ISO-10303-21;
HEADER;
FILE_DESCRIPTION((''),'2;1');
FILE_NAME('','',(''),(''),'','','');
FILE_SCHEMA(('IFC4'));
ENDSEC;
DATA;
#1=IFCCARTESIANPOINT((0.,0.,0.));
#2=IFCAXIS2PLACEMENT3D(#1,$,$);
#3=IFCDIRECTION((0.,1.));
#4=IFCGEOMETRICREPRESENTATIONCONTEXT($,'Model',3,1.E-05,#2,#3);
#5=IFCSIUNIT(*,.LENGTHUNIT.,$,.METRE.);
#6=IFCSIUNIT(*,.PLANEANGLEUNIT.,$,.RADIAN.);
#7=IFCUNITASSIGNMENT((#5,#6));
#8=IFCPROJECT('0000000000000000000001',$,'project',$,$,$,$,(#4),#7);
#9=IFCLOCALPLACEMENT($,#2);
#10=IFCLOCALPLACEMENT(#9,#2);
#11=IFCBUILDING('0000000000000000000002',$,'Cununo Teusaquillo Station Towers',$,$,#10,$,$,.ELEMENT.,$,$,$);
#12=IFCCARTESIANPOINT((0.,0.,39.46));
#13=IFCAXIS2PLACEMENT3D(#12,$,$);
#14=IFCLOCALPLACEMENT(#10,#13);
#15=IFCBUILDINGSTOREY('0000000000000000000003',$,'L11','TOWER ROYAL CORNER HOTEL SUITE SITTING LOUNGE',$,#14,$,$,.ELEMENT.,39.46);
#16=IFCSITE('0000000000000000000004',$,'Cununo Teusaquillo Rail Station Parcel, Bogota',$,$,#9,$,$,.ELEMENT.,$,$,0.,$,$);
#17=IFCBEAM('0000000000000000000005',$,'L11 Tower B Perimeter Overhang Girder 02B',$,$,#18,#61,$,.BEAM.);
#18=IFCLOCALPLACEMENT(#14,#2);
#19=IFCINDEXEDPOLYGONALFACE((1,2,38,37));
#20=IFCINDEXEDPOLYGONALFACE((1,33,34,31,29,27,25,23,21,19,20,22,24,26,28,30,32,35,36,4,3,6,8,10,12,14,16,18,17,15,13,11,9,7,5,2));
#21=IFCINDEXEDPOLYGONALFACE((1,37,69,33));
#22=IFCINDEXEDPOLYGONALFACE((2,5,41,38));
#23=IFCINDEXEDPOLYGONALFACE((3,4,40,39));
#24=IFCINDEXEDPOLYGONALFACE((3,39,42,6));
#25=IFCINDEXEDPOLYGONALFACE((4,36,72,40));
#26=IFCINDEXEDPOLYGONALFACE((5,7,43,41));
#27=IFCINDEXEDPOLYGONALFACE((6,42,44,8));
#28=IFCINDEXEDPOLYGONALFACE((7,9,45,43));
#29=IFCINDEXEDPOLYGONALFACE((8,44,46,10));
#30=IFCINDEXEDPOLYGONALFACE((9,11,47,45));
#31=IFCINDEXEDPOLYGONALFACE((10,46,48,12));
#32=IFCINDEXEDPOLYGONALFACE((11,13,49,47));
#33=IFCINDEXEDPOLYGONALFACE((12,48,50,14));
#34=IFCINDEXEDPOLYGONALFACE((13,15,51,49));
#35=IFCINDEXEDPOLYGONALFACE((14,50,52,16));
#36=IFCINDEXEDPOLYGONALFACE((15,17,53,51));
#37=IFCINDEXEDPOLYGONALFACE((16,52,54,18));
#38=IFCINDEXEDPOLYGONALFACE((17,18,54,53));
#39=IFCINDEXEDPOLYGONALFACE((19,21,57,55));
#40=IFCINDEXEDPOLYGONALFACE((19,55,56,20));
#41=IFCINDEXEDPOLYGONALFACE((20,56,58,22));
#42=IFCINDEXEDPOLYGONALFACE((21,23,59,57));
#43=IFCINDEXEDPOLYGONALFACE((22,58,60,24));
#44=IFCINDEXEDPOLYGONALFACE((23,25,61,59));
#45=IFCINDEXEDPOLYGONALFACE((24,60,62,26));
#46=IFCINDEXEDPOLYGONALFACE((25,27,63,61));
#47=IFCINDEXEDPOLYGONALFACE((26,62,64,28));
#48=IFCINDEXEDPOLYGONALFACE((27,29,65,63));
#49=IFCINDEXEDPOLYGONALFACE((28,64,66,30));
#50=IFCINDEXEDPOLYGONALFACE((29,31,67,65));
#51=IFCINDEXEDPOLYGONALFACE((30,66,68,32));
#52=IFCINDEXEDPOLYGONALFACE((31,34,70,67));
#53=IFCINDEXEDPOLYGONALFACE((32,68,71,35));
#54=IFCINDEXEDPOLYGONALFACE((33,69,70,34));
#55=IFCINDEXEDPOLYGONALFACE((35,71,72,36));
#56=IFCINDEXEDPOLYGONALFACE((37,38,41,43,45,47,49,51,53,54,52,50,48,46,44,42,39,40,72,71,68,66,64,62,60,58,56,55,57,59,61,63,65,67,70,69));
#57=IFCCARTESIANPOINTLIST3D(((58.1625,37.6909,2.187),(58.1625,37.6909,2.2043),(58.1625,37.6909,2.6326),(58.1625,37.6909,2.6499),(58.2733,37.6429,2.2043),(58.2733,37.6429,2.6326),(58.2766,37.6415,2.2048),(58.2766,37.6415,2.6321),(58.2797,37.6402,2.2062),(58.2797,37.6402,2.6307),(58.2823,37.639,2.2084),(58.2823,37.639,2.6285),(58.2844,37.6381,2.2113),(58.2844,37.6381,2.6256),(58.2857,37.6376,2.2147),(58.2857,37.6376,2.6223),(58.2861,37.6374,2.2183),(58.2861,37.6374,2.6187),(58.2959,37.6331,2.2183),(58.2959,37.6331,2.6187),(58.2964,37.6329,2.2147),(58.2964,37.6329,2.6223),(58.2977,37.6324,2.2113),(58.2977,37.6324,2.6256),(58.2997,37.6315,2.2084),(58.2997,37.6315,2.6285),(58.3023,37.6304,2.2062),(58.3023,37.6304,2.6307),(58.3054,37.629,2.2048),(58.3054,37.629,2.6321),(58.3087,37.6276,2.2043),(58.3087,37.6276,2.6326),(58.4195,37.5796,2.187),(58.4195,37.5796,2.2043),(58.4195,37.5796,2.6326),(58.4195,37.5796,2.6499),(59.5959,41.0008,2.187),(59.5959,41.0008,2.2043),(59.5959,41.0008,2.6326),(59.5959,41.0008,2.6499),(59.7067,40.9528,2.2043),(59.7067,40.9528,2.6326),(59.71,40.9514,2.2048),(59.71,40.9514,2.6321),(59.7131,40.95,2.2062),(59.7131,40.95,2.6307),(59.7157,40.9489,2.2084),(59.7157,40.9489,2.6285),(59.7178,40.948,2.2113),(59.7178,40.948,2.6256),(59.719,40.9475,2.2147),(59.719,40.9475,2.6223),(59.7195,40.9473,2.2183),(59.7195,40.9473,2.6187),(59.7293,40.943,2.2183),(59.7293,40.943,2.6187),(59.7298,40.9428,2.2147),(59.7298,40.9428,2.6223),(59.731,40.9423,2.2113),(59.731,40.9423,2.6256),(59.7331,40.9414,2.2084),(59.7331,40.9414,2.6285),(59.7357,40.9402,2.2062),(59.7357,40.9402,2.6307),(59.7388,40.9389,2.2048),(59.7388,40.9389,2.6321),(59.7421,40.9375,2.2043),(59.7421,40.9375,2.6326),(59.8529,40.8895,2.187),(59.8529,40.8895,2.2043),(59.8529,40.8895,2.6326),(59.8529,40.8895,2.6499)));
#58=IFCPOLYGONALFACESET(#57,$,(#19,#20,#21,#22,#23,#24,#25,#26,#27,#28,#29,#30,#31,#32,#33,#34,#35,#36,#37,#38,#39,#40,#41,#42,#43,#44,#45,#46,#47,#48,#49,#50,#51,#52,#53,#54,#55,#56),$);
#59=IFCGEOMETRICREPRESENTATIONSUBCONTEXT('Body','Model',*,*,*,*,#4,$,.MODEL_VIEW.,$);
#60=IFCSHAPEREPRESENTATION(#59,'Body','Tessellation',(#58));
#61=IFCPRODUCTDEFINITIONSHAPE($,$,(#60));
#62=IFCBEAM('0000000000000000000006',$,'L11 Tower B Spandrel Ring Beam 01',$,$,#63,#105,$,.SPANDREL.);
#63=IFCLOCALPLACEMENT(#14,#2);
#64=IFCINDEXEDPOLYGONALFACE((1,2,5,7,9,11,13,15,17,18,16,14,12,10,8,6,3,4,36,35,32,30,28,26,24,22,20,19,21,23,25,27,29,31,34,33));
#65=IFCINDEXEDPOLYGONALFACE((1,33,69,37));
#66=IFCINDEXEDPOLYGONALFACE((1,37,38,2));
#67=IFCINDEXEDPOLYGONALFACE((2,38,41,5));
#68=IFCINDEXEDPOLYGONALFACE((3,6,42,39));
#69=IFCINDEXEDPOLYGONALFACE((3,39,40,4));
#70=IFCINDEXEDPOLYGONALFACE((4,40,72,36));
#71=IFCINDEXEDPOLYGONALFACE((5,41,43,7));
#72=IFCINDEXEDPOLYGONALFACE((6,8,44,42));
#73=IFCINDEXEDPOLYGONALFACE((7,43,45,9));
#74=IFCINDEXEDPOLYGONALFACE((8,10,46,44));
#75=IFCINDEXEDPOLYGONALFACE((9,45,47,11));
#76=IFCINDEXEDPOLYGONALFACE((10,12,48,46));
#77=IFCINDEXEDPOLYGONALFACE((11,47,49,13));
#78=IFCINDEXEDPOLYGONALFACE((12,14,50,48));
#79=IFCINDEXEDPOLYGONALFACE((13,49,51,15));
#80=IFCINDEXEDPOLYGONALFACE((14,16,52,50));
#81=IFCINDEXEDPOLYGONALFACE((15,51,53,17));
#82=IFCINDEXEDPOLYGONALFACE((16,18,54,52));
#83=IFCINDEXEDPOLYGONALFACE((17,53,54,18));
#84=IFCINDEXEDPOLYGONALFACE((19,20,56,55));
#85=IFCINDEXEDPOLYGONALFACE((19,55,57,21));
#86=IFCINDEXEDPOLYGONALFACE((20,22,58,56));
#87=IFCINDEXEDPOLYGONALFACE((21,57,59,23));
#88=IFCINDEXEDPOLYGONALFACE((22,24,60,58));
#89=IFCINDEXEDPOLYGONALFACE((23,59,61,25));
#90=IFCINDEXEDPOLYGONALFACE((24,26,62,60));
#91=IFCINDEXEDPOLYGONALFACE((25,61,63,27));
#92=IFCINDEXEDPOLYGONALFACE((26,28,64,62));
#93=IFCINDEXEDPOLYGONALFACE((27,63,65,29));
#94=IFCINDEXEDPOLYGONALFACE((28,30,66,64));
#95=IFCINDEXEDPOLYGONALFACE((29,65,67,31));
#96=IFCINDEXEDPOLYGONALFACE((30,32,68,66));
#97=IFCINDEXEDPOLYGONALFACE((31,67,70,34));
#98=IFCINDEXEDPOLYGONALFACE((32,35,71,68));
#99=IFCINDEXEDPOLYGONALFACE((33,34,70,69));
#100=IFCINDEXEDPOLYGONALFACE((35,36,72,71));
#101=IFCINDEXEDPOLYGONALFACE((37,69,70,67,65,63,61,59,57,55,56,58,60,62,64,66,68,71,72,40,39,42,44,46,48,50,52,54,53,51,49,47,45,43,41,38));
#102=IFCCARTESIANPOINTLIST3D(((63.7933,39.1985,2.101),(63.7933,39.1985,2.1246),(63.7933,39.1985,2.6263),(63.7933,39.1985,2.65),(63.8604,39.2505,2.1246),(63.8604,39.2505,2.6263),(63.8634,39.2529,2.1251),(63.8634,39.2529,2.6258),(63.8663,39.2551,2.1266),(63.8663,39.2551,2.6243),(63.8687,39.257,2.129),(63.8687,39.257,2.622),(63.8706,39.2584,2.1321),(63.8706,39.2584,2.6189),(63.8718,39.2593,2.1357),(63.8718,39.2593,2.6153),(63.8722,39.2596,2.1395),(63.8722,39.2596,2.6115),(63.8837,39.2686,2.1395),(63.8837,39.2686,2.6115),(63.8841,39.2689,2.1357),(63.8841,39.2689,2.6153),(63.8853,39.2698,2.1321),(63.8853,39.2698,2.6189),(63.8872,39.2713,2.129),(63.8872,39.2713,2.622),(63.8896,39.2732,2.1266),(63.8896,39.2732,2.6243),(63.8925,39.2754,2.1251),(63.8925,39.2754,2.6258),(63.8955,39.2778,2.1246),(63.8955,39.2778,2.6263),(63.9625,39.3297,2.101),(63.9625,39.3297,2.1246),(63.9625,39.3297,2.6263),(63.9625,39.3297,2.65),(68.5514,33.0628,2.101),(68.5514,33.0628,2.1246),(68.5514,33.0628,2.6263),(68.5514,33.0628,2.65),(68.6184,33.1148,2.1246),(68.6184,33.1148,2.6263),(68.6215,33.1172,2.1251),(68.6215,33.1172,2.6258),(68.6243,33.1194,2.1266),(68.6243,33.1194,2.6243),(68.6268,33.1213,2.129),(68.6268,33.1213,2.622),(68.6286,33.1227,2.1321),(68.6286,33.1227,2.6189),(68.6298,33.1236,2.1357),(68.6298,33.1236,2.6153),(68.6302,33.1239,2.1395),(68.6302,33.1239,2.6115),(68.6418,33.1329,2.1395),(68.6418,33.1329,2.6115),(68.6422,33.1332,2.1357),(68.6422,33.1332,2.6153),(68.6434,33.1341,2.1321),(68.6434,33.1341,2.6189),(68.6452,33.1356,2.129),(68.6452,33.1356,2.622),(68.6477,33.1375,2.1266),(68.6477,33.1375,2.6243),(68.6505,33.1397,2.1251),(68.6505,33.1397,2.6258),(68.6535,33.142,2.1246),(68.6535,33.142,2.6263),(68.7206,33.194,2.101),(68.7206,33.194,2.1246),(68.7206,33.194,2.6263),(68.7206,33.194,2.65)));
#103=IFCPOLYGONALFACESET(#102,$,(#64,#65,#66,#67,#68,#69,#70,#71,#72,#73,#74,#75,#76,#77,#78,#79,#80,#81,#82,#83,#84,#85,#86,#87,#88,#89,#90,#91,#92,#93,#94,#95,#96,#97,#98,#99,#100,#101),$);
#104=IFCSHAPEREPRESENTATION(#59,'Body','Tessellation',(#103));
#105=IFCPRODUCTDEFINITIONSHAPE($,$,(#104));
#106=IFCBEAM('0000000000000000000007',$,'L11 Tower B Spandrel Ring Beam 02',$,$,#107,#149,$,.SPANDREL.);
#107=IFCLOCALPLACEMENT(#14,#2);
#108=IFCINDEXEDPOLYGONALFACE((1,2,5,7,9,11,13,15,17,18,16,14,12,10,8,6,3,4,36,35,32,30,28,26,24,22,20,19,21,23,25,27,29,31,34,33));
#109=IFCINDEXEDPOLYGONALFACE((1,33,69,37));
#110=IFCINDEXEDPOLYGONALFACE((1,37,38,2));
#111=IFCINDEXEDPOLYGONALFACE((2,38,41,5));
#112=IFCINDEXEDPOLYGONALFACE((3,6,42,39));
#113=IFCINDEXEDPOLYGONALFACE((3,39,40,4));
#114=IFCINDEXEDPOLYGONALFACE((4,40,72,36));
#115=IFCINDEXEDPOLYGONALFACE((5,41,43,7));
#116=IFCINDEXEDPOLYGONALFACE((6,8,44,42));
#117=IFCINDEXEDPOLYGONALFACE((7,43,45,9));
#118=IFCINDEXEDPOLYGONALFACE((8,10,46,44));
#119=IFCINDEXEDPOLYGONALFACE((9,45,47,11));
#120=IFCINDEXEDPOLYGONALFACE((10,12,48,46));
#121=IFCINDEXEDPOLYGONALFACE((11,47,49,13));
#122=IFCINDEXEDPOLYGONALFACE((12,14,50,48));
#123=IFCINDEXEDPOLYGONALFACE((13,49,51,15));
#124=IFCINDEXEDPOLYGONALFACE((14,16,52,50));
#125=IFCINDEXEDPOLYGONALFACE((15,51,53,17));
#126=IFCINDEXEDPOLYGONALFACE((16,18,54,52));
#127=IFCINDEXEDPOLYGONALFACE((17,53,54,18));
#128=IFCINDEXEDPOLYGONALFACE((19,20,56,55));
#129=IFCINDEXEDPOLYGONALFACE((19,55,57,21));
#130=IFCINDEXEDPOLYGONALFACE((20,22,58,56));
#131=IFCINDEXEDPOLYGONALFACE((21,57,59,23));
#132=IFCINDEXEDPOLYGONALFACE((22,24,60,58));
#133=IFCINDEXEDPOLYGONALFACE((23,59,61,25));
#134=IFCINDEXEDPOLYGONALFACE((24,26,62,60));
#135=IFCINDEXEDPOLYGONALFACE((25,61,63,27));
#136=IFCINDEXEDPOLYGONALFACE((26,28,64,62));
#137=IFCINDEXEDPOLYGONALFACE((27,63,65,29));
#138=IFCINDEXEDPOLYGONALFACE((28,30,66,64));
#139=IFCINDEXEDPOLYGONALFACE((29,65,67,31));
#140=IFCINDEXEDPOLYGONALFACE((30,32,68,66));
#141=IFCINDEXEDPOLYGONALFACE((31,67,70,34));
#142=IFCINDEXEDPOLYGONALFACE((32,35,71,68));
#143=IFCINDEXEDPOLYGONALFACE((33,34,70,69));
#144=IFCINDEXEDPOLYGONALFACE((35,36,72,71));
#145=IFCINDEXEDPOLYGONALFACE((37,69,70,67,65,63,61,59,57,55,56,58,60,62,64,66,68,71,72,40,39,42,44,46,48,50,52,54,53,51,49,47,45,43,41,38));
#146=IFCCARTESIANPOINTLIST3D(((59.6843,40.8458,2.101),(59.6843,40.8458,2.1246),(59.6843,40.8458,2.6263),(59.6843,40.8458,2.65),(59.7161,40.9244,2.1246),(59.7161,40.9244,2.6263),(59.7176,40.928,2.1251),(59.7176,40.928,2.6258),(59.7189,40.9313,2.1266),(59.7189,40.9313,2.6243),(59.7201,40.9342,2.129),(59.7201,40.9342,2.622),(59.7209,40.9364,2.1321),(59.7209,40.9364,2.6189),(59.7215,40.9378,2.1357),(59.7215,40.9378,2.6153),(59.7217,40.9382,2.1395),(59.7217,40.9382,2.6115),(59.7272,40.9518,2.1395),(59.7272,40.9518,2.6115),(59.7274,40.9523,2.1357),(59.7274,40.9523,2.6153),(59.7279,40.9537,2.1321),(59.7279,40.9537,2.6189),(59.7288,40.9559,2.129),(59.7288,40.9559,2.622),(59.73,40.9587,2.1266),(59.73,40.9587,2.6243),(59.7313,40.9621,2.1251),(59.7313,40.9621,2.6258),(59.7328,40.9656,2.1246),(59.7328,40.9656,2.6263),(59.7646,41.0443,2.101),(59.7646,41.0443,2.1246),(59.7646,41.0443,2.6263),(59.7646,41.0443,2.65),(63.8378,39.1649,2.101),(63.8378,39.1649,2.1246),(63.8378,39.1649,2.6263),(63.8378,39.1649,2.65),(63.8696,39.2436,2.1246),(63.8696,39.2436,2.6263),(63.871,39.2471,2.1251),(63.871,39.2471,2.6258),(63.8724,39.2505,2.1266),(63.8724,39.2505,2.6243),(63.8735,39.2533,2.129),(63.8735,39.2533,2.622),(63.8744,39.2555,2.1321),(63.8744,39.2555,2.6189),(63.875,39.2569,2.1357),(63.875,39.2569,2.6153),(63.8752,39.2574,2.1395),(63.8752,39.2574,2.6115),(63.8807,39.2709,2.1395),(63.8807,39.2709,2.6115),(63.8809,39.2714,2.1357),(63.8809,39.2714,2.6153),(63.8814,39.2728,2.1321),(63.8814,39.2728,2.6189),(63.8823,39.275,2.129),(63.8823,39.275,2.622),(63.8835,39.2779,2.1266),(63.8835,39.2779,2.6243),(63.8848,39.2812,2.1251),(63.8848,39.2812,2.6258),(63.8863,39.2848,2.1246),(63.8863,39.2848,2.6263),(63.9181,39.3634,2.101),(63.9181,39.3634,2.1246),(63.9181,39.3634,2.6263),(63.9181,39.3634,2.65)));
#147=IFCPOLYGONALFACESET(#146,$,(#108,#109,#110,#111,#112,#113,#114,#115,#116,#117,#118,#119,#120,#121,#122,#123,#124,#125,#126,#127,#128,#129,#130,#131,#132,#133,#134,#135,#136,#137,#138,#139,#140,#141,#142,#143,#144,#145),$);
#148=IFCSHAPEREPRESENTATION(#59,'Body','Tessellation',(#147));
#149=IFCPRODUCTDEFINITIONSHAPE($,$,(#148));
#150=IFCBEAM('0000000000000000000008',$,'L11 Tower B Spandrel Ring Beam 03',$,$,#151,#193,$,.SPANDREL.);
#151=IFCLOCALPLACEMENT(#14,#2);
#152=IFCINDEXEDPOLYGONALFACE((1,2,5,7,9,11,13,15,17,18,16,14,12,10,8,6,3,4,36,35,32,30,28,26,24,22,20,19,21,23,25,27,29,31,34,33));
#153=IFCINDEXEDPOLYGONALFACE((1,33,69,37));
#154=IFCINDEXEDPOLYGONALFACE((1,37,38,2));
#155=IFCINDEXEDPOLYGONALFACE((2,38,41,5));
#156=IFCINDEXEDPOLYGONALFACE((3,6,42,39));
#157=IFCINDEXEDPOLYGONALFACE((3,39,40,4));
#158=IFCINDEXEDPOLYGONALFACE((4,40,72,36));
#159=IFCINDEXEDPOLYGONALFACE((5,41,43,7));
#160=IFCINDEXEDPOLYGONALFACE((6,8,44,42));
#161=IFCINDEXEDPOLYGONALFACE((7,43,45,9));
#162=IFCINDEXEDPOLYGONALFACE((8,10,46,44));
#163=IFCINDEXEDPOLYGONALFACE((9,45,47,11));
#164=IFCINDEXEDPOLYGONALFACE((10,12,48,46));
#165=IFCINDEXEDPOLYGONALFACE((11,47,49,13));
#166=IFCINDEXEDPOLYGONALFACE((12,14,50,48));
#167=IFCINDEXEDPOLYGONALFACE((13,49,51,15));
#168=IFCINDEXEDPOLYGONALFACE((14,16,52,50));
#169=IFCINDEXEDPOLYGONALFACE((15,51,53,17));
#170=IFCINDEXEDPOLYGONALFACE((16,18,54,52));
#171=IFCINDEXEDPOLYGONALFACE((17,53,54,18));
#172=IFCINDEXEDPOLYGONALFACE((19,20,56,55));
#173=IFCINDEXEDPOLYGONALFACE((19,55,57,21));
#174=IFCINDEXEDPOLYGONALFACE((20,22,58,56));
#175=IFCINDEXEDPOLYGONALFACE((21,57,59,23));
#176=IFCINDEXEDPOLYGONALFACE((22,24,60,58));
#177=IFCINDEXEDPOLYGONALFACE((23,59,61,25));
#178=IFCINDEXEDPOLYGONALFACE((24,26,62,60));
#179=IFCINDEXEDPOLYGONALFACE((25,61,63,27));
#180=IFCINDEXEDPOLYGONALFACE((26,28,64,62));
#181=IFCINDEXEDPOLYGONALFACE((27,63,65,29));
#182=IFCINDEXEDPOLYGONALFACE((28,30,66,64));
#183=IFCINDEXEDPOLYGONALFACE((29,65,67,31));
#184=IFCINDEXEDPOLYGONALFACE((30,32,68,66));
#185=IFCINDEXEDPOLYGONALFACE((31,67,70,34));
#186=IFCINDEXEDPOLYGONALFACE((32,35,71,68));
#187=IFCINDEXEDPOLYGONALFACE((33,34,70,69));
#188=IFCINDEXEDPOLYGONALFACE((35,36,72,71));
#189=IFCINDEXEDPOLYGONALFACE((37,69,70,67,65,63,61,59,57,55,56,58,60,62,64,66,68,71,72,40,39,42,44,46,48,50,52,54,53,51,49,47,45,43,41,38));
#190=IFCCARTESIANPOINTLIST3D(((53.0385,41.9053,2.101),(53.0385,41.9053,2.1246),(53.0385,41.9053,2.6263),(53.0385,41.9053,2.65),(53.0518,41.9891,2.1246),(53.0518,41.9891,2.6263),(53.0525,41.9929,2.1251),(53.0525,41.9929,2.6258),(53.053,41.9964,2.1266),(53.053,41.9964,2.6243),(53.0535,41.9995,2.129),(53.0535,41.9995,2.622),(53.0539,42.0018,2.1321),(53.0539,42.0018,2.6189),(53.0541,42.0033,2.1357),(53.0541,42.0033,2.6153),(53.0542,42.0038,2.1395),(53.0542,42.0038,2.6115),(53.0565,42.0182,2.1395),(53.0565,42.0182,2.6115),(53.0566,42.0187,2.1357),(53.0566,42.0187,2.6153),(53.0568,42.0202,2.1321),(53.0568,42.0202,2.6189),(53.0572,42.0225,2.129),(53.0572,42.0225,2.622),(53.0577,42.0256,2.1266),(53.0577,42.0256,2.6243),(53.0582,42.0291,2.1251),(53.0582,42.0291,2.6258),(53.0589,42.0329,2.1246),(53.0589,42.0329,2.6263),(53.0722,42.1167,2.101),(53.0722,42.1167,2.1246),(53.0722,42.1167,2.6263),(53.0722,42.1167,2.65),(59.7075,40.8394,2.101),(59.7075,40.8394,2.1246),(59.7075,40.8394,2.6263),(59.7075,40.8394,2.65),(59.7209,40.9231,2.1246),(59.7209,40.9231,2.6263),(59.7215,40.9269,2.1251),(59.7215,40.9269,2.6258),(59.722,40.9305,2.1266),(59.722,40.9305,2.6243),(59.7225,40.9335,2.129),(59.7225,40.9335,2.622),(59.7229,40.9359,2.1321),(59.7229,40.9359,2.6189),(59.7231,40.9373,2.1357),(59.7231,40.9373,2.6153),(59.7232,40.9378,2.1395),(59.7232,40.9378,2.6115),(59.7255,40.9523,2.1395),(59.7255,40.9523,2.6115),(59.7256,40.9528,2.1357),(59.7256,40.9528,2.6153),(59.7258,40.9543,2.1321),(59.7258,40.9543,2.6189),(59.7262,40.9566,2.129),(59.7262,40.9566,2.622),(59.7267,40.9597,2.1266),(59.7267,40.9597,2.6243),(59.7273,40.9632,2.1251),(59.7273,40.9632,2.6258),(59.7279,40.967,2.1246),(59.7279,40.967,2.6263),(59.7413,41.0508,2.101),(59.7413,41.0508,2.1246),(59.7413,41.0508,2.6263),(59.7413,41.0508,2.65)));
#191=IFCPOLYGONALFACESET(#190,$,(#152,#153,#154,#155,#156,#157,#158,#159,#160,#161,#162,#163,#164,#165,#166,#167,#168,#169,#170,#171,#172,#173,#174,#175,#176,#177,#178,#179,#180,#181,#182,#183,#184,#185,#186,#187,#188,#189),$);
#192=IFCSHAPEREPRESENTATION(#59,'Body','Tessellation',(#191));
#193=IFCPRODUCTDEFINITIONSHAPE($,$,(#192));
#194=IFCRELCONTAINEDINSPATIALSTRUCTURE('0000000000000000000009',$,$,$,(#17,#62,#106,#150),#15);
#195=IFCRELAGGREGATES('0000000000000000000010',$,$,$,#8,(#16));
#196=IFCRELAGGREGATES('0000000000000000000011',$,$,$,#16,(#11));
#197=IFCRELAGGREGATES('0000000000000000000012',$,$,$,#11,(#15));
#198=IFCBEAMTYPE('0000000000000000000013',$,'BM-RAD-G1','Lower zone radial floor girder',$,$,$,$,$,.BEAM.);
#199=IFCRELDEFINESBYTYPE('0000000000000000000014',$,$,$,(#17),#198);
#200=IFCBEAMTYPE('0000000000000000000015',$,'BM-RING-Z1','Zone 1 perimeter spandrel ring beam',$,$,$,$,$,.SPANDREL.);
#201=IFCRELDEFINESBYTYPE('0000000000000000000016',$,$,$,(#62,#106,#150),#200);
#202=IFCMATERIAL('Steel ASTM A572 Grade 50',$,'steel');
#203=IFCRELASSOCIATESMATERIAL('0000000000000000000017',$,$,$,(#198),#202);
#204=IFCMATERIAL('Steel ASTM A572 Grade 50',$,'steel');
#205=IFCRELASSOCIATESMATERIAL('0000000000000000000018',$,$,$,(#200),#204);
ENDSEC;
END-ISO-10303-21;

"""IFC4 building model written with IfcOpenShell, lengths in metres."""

from ifc_helpers import new_model, si_unit, direction, frame, origin, origin_2d, place, context, subcontext, project, spatial, i_section, extrude, material, material_profile, profile_set, type_object, element, save


model = new_model("IFC4")

# Units and contexts
model_context = context("Model", 3, precision=1e-05, world=origin(), true_north=direction((0.0, 1.0)))
body_context = subcontext(model_context, "Body", "Model", "MODEL_VIEW")
ifc_project = project(units=[si_unit("LENGTHUNIT", "METRE"), si_unit("PLANEANGLEUNIT", "RADIAN")], contexts=[model_context])

# Site, building, storey
site_placement = place(None, origin())
site = spatial("IfcSite", under=ifc_project, at=site_placement, Name="Cununo Teusaquillo Rail Station Parcel, Bogota", CompositionType="ELEMENT", RefElevation=0.0)
building_placement = place(site_placement, origin())
building = spatial("IfcBuilding", under=site, at=building_placement, Name="Cununo Teusaquillo Station Towers", CompositionType="ELEMENT")
storey_placement = place(building_placement, frame((0.0, 0.0, 39.46)))
storey = spatial("IfcBuildingStorey", under=building, at=storey_placement, Name="L11", Description="TOWER ROYAL CORNER HOTEL SUITE SITTING LOUNGE", CompositionType="ELEMENT", Elevation=39.46)

# Beams
ifc_material_1 = material(Name="Steel ASTM A572 Grade 50", Category="steel")
ifc_material_profile_1 = material_profile(ifc_material_1, i_section(OverallWidth=0.28, OverallDepth=0.4629, WebThickness=0.0107, FlangeThickness=0.0173, FilletRadius=0.0139, at=origin_2d()), Name="W18X76")
ifc_profile_set_1 = profile_set([ifc_material_profile_1], Name="Steel ASTM A572 Grade 50")
beam_type_1 = type_object("IfcBeamType", Name="BM-RAD-G1", Description="Lower zone radial floor girder", PredefinedType="BEAM", material=ifc_profile_set_1)
beam_1_placement = place(storey_placement, frame((58.291, 37.6353, 2.4185), z_axis=(0.397397, 0.917647, 0.0), x_axis=(-0.917647, 0.397397, 0.0)))
element("IfcBeam", 1, at=beam_1_placement, inside=storey, type_object=beam_type_1, Name="L11 Tower B Perimeter Overhang Girder 02B", PredefinedType="BEAM", context=body_context, shape_type="SweptSolid", body=[
    extrude(i_section(OverallWidth=0.28, OverallDepth=0.4629, WebThickness=0.0107, FlangeThickness=0.0173, FilletRadius=0.0139, at=origin_2d()), origin(), (0.0, 0.0, 1.0), 3.6069),
])
ifc_material_2 = material(Name="Steel ASTM A572 Grade 50", Category="steel")
ifc_material_profile_2 = material_profile(ifc_material_2, i_section(OverallWidth=0.2141, OverallDepth=0.5491, WebThickness=0.0146, FlangeThickness=0.0237, FilletRadius=0.0149, at=origin_2d()), Name="W21X93")
ifc_profile_set_2 = profile_set([ifc_material_profile_2], Name="Steel ASTM A572 Grade 50")
beam_type_2 = type_object("IfcBeamType", Name="BM-RING-Z1", Description="Zone 1 perimeter spandrel ring beam", PredefinedType="SPANDREL", material=ifc_profile_set_2)
beam_2_placement = place(storey_placement, frame((68.636, 33.1284, 2.3755), z_axis=(-0.612801, 0.790237, 0.0), x_axis=(-0.790237, -0.612801, 0.0)))
element("IfcBeam", 2, at=beam_2_placement, inside=storey, type_object=beam_type_2, Name="L11 Tower B Spandrel Ring Beam 01", PredefinedType="SPANDREL", context=body_context, shape_type="SweptSolid", body=[
    extrude(i_section(OverallWidth=0.2141, OverallDepth=0.5491, WebThickness=0.0146, FlangeThickness=0.0237, FilletRadius=0.0149, at=origin_2d()), origin(), (0.0, 0.0, 1.0), 7.7644),
])
beam_3_placement = place(storey_placement, frame((63.8779, 39.2642, 2.3755), z_axis=(-0.92697, 0.375136, 0.0), x_axis=(-0.375136, -0.92697, 0.0)))
element("IfcBeam", 3, at=beam_3_placement, inside=storey, type_object=beam_type_2, Name="L11 Tower B Spandrel Ring Beam 02", PredefinedType="SPANDREL", context=body_context, shape_type="SweptSolid", body=[
    extrude(i_section(OverallWidth=0.2141, OverallDepth=0.5491, WebThickness=0.0146, FlangeThickness=0.0237, FilletRadius=0.0149, at=origin_2d()), origin(), (0.0, 0.0, 1.0), 4.4807),
])
beam_4_placement = place(storey_placement, frame((59.7244, 40.9451, 2.3755), z_axis=(-0.987466, 0.15783, 0.0), x_axis=(-0.15783, -0.987466, 0.0)))
element("IfcBeam", 4, at=beam_4_placement, inside=storey, type_object=beam_type_2, Name="L11 Tower B Spandrel Ring Beam 03", PredefinedType="SPANDREL", context=body_context, shape_type="SweptSolid", body=[
    extrude(i_section(OverallWidth=0.2141, OverallDepth=0.5491, WebThickness=0.0146, FlangeThickness=0.0237, FilletRadius=0.0149, at=origin_2d()), origin(), (0.0, 0.0, 1.0), 6.7537),
])

save(model, "model.ifc")
